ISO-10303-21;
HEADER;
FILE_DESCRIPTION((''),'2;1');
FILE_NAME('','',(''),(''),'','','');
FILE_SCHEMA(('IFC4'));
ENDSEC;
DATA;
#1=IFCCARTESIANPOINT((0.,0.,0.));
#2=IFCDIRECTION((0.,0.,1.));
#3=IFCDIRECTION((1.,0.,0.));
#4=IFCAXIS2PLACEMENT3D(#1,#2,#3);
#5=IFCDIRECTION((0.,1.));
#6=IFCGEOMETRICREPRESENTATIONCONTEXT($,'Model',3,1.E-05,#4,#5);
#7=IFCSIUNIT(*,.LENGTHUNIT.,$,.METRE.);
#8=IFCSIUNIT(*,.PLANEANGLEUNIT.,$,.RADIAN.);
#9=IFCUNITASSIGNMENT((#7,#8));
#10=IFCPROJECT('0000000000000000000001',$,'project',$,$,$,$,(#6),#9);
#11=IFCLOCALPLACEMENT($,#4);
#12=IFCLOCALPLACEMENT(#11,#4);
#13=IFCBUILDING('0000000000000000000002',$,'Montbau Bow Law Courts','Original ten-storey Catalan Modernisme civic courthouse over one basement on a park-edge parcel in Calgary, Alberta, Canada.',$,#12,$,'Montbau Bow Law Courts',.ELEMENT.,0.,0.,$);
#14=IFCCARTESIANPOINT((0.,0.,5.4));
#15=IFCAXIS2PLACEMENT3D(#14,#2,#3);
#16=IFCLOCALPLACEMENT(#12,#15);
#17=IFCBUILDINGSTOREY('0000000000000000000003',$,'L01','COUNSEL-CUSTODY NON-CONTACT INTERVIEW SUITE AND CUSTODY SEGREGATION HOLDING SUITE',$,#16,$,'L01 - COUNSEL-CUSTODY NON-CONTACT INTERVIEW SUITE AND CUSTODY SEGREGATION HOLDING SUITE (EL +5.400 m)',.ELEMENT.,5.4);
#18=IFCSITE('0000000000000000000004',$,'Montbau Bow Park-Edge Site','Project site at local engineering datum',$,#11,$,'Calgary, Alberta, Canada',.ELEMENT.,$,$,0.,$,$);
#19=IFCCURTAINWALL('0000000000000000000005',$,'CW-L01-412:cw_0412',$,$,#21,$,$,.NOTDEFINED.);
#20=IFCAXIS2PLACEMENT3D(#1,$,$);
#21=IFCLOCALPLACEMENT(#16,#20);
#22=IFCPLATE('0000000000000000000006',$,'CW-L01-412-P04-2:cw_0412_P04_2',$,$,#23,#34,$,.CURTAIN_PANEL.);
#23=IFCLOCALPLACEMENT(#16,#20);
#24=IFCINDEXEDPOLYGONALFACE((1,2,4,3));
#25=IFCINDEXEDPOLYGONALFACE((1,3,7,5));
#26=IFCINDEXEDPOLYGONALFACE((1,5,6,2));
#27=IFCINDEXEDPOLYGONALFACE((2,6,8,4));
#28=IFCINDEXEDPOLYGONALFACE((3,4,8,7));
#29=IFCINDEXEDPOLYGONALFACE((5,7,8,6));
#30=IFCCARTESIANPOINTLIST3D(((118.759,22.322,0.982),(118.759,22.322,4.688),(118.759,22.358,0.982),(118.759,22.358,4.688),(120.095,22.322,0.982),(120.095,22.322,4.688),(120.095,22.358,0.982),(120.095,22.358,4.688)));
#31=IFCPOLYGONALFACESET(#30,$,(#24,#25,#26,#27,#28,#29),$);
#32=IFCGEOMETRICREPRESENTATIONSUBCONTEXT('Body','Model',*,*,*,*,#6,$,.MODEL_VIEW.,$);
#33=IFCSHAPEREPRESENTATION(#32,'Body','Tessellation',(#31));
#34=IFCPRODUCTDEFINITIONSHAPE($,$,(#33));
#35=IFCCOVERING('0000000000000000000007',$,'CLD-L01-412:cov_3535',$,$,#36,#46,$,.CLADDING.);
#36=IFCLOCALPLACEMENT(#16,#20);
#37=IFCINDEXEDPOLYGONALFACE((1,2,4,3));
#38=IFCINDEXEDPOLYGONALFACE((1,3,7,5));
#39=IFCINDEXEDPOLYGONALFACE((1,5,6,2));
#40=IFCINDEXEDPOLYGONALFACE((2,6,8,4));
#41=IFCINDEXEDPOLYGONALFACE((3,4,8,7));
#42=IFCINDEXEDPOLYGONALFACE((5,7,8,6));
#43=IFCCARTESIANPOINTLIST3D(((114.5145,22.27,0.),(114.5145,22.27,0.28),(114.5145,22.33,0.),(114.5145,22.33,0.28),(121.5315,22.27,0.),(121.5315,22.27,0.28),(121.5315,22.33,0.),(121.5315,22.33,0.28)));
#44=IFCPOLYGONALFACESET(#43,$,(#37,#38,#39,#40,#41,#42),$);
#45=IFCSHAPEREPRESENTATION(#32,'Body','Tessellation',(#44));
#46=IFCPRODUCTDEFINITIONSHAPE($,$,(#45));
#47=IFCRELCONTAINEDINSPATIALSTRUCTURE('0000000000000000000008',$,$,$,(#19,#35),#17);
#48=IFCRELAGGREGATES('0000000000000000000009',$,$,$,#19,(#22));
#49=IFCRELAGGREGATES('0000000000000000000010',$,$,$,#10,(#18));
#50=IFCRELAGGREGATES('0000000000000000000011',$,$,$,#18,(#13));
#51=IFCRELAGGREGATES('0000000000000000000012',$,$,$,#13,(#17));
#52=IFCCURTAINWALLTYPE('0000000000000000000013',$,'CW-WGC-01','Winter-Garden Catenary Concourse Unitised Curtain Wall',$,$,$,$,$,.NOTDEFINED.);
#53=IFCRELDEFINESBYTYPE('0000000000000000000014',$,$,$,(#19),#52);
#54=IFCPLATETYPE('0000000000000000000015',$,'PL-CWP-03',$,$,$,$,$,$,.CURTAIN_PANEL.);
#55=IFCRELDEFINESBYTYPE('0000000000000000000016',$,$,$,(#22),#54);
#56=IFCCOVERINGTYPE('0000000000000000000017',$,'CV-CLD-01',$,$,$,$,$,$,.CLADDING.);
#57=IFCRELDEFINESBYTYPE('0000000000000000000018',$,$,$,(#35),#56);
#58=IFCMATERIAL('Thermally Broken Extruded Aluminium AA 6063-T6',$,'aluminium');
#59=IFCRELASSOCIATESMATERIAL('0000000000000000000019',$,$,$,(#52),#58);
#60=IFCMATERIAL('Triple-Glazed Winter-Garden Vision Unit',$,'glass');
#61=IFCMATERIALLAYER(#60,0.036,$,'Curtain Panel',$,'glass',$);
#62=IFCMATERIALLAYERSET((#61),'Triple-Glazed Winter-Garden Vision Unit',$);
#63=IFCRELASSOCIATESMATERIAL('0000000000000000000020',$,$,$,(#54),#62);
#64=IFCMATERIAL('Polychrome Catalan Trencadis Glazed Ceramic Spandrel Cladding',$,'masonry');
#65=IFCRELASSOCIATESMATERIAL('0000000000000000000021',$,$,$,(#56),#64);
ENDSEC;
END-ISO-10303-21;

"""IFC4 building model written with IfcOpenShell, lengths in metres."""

from ifc_helpers import new_model, si_unit, direction, frame, frame_2d, origin_with_axes, origin_2d_with_axis, place, context, subcontext, project, spatial, rectangle, extrude, material, layer, layer_set, type_object, element, aggregate, save


model = new_model("IFC4")

# Units and contexts
model_context = context("Model", 3, precision=1e-05, world=origin_with_axes(), true_north=direction((0.0, 1.0)))
body_context = subcontext(model_context, "Body", "Model", "MODEL_VIEW")
ifc_project = project(units=[si_unit("LENGTHUNIT", "METRE"), si_unit("PLANEANGLEUNIT", "RADIAN")], contexts=[model_context])

# Site, building, storey
site_placement = place(None, origin_with_axes())
site = spatial("IfcSite", under=ifc_project, at=site_placement, Name="Montbau Bow Park-Edge Site", Description="Project site at local engineering datum", LongName="Calgary, Alberta, Canada", CompositionType="ELEMENT", RefElevation=0.0)
building_placement = place(site_placement, origin_with_axes())
building = spatial("IfcBuilding", under=site, at=building_placement, Name="Montbau Bow Law Courts", Description="Original ten-storey Catalan Modernisme civic courthouse over one basement on a park-edge parcel in Calgary, Alberta, Canada.", LongName="Montbau Bow Law Courts", CompositionType="ELEMENT", ElevationOfRefHeight=0.0, ElevationOfTerrain=0.0)
storey_placement = place(building_placement, frame((0.0, 0.0, 5.4), z_axis=(0.0, 0.0, 1.0), x_axis=(1.0, 0.0, 0.0)))
storey = spatial("IfcBuildingStorey", under=building, at=storey_placement, Name="L01", Description="COUNSEL-CUSTODY NON-CONTACT INTERVIEW SUITE AND CUSTODY SEGREGATION HOLDING SUITE", LongName="L01 - COUNSEL-CUSTODY NON-CONTACT INTERVIEW SUITE AND CUSTODY SEGREGATION HOLDING SUITE (EL +5.400 m)", CompositionType="ELEMENT", Elevation=5.4)

# Shared definitions
ifc_material_1 = material(Name="Thermally Broken Extruded Aluminium AA 6063-T6", Category="aluminium")
curtain_wall_type = type_object("IfcCurtainWallType", Name="CW-WGC-01", Description="Winter-Garden Catenary Concourse Unitised Curtain Wall", PredefinedType="NOTDEFINED", material=ifc_material_1)

# Curtain wall, plate
curtain_wall_1_placement = place(None, frame((114.515, 22.34, 5.4), z_axis=(0.0, 0.0, 1.0), x_axis=(1.0, 0.0, 0.0)))
curtain_wall_1 = element("IfcCurtainWall", 1, at=curtain_wall_1_placement, inside=storey, type_object=curtain_wall_type, Name="CW-L01-412:cw_0412", PredefinedType="NOTDEFINED")
ifc_material_2 = material(Name="Triple-Glazed Winter-Garden Vision Unit", Category="glass")
ifc_layer_1 = layer(ifc_material_2, 0.036, Name="Curtain Panel", Category="glass")
ifc_layer_set_1 = layer_set([ifc_layer_1], Name="Triple-Glazed Winter-Garden Vision Unit")
plate_type_1 = type_object("IfcPlateType", Name="PL-CWP-03", PredefinedType="CURTAIN_PANEL", material=ifc_layer_set_1)
plate_1_placement = place(None, frame((118.759, 22.34, 6.382), z_axis=(0.0, -1.0, 0.0), x_axis=(1.0, 0.0, 0.0)))
plate_1 = element("IfcPlate", 2, at=plate_1_placement, type_object=plate_type_1, Name="CW-L01-412-P04-2:cw_0412_P04_2", PredefinedType="CURTAIN_PANEL", context=body_context, shape_type="SweptSolid", body=[
    extrude(rectangle(XDim=1.336, YDim=3.706, at=frame_2d((0.668, 1.853), x_axis=(1.0, 0.0))), frame((0.0, 0.0, -0.018), z_axis=(0.0, 0.0, 1.0), x_axis=(1.0, 0.0, 0.0)), (0.0, 0.0, 1.0), 0.036),
])
aggregate(curtain_wall_1, [plate_1])

# Covering
ifc_material_3 = material(Name="Polychrome Catalan Trencadis Glazed Ceramic Spandrel Cladding", Category="masonry")
covering_type = type_object("IfcCoveringType", Name="CV-CLD-01", PredefinedType="CLADDING", material=ifc_material_3)
covering_placement = place(None, frame((118.023, 22.3, 5.4), z_axis=(0.0, 0.0, 1.0), x_axis=(1.0, 0.0, 0.0)))
element("IfcCovering", 3, at=covering_placement, inside=storey, type_object=covering_type, Name="CLD-L01-412:cov_3535", PredefinedType="CLADDING", context=body_context, shape_type="SweptSolid", body=[
    extrude(rectangle(XDim=7.017, YDim=0.06, at=origin_2d_with_axis()), origin_with_axes(), (0.0, 0.0, 1.0), 0.28),
])

save(model, "model.ifc")
